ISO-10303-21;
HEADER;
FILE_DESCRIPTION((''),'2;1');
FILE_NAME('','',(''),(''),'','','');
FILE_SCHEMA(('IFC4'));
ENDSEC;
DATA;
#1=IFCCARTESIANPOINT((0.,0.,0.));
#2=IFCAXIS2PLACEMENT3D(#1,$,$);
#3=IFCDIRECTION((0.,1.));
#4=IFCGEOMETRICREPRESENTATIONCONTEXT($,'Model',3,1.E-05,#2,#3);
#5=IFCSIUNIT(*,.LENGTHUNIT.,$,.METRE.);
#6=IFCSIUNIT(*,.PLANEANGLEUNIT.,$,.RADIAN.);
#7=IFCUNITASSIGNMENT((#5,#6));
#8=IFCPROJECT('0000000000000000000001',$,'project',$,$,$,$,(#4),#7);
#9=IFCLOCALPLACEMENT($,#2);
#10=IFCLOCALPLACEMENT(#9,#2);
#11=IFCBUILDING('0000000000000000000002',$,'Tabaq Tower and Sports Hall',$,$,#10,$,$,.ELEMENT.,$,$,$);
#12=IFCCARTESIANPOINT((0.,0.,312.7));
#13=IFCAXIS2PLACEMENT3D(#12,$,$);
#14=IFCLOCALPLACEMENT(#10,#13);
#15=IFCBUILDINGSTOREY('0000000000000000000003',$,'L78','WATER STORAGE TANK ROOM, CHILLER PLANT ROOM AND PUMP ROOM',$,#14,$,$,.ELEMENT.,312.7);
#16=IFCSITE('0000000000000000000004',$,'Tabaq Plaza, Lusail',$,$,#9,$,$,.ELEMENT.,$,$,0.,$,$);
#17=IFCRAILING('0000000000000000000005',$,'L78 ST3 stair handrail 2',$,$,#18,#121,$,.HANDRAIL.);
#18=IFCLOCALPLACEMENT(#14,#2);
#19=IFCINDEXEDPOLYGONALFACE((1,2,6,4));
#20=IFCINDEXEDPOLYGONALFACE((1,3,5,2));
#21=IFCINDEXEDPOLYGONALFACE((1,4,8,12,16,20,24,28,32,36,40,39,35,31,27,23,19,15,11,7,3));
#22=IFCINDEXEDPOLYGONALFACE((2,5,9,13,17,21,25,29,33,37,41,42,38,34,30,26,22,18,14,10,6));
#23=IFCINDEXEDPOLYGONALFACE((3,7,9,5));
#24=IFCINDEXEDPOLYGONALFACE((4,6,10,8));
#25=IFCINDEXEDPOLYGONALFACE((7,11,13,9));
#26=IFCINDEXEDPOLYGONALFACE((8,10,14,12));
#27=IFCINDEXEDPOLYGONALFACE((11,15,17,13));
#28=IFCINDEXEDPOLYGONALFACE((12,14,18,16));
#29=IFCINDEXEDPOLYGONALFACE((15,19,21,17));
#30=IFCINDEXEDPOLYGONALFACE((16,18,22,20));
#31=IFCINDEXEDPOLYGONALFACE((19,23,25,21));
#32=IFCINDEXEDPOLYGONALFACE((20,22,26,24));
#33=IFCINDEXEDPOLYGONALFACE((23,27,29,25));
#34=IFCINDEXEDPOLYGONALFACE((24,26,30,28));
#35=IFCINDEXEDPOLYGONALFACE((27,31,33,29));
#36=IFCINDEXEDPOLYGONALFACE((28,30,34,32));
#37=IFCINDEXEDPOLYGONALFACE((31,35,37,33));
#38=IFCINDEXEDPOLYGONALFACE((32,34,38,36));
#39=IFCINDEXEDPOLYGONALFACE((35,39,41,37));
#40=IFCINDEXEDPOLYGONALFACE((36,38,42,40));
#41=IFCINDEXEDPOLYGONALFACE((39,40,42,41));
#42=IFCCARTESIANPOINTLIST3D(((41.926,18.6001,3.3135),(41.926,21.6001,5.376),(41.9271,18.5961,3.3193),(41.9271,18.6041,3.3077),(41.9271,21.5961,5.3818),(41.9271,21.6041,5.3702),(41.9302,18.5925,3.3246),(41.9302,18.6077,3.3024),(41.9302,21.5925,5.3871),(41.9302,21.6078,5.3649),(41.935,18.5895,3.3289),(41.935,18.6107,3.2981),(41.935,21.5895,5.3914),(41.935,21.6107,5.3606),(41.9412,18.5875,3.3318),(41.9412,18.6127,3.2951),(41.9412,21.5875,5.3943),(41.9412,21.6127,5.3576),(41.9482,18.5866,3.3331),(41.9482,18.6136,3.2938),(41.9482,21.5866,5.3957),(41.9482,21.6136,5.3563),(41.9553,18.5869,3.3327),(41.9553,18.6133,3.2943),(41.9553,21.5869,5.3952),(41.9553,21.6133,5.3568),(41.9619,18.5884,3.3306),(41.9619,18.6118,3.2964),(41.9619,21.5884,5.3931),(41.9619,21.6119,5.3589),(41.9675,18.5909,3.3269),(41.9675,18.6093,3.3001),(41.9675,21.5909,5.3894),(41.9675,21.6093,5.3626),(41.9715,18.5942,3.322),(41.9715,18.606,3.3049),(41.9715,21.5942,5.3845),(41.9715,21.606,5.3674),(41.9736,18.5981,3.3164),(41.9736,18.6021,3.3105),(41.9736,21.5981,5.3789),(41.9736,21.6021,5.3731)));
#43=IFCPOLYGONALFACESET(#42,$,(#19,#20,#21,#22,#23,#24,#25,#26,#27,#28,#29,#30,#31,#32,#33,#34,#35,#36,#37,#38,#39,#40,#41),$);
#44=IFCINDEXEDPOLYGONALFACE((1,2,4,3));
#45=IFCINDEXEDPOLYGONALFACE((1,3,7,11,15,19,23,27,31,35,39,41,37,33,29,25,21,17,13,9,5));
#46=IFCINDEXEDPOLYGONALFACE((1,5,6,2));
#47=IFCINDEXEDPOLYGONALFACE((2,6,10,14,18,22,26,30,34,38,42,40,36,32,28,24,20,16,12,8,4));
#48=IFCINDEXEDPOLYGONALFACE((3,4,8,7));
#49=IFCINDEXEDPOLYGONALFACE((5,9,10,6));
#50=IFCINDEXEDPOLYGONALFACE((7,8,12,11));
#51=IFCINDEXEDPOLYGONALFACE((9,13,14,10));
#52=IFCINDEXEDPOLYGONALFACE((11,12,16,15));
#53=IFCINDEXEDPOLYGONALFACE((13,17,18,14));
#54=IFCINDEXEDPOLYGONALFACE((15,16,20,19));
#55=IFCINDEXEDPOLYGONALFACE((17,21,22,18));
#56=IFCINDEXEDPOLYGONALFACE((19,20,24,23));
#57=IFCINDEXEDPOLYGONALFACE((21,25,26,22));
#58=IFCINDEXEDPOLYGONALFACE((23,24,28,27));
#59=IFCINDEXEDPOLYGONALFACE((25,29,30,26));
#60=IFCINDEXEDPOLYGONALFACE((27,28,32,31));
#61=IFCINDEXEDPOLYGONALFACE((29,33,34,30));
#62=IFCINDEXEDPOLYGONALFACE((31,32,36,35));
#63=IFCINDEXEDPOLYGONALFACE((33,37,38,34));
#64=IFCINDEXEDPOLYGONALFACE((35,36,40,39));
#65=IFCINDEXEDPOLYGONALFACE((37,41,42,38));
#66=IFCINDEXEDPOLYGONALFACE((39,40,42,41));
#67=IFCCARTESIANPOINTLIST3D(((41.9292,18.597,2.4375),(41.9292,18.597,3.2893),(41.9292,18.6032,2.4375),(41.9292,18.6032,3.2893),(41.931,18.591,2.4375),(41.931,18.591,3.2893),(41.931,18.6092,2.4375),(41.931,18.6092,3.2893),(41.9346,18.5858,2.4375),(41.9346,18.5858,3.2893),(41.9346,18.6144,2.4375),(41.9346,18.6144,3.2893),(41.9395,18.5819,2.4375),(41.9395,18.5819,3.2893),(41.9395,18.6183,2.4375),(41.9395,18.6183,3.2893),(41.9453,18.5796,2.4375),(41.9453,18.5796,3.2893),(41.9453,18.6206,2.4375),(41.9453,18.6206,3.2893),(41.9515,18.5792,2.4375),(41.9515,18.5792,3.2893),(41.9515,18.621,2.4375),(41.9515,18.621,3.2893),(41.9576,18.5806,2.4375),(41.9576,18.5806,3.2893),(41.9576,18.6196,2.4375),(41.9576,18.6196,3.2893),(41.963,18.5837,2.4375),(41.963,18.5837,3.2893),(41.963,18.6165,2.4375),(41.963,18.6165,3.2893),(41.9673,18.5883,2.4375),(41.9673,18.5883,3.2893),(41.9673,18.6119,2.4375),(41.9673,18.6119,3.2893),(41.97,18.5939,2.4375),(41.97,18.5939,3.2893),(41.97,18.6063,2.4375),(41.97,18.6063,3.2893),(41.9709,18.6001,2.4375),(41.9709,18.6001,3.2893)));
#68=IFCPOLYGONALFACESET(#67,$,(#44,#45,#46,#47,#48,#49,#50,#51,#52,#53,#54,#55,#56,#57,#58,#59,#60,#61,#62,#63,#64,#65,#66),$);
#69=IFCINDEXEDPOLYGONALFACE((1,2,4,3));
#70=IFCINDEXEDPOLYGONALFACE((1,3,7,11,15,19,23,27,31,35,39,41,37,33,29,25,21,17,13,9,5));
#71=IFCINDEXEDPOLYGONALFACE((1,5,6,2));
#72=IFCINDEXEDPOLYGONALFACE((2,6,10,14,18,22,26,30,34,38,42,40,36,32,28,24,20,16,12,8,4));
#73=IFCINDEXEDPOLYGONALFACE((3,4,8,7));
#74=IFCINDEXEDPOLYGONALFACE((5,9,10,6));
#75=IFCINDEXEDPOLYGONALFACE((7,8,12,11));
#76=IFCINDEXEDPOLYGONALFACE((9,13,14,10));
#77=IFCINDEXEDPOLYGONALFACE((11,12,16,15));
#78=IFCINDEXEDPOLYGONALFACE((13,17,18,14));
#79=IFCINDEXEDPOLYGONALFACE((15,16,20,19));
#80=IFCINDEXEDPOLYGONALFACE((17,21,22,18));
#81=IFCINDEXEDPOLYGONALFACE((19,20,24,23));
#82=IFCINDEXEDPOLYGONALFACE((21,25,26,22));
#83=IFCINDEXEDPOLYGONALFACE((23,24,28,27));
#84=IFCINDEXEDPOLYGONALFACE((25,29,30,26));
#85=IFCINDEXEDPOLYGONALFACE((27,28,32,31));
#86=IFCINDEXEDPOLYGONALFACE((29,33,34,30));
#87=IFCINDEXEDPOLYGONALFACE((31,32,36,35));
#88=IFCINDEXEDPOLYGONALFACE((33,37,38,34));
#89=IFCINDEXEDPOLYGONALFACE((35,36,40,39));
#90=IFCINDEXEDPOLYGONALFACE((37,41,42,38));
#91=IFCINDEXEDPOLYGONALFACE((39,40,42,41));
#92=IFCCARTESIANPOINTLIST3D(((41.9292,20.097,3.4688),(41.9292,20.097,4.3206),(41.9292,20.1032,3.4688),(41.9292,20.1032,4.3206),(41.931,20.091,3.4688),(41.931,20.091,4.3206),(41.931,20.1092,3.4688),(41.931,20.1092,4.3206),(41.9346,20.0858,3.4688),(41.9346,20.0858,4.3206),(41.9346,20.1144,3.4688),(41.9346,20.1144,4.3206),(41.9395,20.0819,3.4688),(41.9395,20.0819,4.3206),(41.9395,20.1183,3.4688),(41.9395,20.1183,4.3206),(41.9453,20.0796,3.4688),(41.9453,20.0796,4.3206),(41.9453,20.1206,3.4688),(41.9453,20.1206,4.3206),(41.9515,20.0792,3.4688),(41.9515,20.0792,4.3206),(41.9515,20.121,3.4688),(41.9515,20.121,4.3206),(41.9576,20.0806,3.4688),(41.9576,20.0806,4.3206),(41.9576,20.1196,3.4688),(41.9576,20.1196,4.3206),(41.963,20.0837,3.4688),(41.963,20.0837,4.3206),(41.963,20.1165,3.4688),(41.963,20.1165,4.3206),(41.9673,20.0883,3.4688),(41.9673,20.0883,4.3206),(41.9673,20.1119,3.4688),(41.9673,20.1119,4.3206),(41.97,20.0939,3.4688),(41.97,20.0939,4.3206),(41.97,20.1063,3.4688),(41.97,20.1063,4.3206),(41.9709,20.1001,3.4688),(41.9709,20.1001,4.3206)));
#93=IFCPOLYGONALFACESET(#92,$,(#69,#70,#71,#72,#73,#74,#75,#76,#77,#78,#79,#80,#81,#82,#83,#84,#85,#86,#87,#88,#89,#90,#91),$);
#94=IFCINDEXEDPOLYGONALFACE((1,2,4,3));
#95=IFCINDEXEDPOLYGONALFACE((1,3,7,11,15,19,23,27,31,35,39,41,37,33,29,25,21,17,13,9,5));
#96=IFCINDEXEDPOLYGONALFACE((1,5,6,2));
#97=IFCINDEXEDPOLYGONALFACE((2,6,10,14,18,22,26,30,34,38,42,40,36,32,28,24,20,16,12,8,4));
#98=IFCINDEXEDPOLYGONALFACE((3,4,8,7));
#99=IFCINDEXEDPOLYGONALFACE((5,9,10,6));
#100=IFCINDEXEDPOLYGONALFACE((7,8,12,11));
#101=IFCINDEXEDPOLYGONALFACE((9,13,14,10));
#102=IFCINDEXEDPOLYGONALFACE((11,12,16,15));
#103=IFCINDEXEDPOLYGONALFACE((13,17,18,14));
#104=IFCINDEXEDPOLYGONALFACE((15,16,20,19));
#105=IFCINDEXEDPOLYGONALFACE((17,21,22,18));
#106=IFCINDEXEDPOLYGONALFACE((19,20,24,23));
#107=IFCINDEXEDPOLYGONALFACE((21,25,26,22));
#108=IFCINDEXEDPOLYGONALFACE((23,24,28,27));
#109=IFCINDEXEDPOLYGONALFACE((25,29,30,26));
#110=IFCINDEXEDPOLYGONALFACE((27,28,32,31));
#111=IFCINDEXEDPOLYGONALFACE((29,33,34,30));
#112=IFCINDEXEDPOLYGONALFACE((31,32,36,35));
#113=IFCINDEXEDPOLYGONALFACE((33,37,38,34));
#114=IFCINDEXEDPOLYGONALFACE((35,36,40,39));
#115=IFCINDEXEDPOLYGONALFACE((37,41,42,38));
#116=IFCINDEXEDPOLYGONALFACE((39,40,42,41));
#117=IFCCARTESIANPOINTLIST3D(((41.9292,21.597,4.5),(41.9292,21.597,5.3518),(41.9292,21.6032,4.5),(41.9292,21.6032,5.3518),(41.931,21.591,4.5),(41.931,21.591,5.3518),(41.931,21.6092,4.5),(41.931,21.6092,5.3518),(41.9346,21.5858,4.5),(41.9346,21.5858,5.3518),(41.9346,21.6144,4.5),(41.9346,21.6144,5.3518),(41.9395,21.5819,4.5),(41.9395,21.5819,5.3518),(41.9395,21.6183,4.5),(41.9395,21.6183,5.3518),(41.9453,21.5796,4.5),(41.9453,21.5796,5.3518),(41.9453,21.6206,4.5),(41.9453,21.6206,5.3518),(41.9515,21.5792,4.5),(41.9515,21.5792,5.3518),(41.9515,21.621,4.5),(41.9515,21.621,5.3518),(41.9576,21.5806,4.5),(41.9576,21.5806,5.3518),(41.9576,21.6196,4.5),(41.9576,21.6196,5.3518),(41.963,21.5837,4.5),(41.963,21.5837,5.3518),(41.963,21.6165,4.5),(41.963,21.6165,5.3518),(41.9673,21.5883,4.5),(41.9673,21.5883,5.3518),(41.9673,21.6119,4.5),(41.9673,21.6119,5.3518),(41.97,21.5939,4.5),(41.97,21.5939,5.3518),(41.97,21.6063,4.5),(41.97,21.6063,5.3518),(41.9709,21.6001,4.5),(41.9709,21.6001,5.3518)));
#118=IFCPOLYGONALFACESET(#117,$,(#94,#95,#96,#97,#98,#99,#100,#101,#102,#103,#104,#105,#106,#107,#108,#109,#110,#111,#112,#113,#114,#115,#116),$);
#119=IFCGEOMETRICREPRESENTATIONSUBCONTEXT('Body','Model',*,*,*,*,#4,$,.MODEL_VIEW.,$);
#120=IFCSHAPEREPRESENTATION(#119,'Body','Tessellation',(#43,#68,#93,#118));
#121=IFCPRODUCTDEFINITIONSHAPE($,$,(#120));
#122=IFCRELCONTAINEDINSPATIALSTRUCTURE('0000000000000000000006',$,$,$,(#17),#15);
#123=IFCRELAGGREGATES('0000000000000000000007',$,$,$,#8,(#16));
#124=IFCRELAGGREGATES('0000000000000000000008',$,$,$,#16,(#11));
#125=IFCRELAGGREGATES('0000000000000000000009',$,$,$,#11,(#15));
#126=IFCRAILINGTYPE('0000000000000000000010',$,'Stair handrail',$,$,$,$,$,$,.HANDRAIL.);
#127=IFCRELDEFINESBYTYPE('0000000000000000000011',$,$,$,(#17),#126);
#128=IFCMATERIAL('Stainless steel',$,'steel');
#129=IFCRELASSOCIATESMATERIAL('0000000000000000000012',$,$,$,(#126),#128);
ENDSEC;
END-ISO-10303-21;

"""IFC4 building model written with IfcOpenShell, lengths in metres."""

from ifc_helpers import new_model, si_unit, direction, frame, origin, origin_2d, place, context, subcontext, project, spatial, circle, extrude, material, type_object, element, save


model = new_model("IFC4")

# Units and contexts
model_context = context("Model", 3, precision=1e-05, world=origin(), true_north=direction((0.0, 1.0)))
body_context = subcontext(model_context, "Body", "Model", "MODEL_VIEW")
ifc_project = project(units=[si_unit("LENGTHUNIT", "METRE"), si_unit("PLANEANGLEUNIT", "RADIAN")], contexts=[model_context])

# Site, building, storey
site_placement = place(None, origin())
site = spatial("IfcSite", under=ifc_project, at=site_placement, Name="Tabaq Plaza, Lusail", CompositionType="ELEMENT", RefElevation=0.0)
building_placement = place(site_placement, origin())
building = spatial("IfcBuilding", under=site, at=building_placement, Name="Tabaq Tower and Sports Hall", CompositionType="ELEMENT")
storey_placement = place(building_placement, frame((0.0, 0.0, 312.7)))
storey = spatial("IfcBuildingStorey", under=building, at=storey_placement, Name="L78", Description="WATER STORAGE TANK ROOM, CHILLER PLANT ROOM AND PUMP ROOM", CompositionType="ELEMENT", Elevation=312.7)

# Railing
ifc_material_1 = material(Name="Stainless steel", Category="steel")
railing_type_1 = type_object("IfcRailingType", Name="Stair handrail", PredefinedType="HANDRAIL", material=ifc_material_1)
railing_1_placement = place(storey_placement, frame((41.95, 18.6001, 2.4375)))
element("IfcRailing", 1, at=railing_1_placement, inside=storey, type_object=railing_type_1, Name="L78 ST3 stair handrail 2", PredefinedType="HANDRAIL", context=body_context, shape_type="SweptSolid", body=[
    extrude(circle(Radius=0.0239, at=origin_2d()), frame((0.0, 0.0, 0.876), z_axis=(0.0, 0.824042, 0.566529), x_axis=(-1.0, 0.0, 0.0)), (0.0, 0.0, 1.0), 3.6406),
    extrude(circle(Radius=0.021, at=origin_2d()), origin(), (0.0, 0.0, 1.0), 0.8518),
    extrude(circle(Radius=0.021, at=origin_2d()), frame((0.0, 1.5, 1.0312)), (0.0, 0.0, 1.0), 0.8518),
    extrude(circle(Radius=0.021, at=origin_2d()), frame((0.0, 3.0, 2.0625)), (0.0, 0.0, 1.0), 0.8518),
])

save(model, "model.ifc")
